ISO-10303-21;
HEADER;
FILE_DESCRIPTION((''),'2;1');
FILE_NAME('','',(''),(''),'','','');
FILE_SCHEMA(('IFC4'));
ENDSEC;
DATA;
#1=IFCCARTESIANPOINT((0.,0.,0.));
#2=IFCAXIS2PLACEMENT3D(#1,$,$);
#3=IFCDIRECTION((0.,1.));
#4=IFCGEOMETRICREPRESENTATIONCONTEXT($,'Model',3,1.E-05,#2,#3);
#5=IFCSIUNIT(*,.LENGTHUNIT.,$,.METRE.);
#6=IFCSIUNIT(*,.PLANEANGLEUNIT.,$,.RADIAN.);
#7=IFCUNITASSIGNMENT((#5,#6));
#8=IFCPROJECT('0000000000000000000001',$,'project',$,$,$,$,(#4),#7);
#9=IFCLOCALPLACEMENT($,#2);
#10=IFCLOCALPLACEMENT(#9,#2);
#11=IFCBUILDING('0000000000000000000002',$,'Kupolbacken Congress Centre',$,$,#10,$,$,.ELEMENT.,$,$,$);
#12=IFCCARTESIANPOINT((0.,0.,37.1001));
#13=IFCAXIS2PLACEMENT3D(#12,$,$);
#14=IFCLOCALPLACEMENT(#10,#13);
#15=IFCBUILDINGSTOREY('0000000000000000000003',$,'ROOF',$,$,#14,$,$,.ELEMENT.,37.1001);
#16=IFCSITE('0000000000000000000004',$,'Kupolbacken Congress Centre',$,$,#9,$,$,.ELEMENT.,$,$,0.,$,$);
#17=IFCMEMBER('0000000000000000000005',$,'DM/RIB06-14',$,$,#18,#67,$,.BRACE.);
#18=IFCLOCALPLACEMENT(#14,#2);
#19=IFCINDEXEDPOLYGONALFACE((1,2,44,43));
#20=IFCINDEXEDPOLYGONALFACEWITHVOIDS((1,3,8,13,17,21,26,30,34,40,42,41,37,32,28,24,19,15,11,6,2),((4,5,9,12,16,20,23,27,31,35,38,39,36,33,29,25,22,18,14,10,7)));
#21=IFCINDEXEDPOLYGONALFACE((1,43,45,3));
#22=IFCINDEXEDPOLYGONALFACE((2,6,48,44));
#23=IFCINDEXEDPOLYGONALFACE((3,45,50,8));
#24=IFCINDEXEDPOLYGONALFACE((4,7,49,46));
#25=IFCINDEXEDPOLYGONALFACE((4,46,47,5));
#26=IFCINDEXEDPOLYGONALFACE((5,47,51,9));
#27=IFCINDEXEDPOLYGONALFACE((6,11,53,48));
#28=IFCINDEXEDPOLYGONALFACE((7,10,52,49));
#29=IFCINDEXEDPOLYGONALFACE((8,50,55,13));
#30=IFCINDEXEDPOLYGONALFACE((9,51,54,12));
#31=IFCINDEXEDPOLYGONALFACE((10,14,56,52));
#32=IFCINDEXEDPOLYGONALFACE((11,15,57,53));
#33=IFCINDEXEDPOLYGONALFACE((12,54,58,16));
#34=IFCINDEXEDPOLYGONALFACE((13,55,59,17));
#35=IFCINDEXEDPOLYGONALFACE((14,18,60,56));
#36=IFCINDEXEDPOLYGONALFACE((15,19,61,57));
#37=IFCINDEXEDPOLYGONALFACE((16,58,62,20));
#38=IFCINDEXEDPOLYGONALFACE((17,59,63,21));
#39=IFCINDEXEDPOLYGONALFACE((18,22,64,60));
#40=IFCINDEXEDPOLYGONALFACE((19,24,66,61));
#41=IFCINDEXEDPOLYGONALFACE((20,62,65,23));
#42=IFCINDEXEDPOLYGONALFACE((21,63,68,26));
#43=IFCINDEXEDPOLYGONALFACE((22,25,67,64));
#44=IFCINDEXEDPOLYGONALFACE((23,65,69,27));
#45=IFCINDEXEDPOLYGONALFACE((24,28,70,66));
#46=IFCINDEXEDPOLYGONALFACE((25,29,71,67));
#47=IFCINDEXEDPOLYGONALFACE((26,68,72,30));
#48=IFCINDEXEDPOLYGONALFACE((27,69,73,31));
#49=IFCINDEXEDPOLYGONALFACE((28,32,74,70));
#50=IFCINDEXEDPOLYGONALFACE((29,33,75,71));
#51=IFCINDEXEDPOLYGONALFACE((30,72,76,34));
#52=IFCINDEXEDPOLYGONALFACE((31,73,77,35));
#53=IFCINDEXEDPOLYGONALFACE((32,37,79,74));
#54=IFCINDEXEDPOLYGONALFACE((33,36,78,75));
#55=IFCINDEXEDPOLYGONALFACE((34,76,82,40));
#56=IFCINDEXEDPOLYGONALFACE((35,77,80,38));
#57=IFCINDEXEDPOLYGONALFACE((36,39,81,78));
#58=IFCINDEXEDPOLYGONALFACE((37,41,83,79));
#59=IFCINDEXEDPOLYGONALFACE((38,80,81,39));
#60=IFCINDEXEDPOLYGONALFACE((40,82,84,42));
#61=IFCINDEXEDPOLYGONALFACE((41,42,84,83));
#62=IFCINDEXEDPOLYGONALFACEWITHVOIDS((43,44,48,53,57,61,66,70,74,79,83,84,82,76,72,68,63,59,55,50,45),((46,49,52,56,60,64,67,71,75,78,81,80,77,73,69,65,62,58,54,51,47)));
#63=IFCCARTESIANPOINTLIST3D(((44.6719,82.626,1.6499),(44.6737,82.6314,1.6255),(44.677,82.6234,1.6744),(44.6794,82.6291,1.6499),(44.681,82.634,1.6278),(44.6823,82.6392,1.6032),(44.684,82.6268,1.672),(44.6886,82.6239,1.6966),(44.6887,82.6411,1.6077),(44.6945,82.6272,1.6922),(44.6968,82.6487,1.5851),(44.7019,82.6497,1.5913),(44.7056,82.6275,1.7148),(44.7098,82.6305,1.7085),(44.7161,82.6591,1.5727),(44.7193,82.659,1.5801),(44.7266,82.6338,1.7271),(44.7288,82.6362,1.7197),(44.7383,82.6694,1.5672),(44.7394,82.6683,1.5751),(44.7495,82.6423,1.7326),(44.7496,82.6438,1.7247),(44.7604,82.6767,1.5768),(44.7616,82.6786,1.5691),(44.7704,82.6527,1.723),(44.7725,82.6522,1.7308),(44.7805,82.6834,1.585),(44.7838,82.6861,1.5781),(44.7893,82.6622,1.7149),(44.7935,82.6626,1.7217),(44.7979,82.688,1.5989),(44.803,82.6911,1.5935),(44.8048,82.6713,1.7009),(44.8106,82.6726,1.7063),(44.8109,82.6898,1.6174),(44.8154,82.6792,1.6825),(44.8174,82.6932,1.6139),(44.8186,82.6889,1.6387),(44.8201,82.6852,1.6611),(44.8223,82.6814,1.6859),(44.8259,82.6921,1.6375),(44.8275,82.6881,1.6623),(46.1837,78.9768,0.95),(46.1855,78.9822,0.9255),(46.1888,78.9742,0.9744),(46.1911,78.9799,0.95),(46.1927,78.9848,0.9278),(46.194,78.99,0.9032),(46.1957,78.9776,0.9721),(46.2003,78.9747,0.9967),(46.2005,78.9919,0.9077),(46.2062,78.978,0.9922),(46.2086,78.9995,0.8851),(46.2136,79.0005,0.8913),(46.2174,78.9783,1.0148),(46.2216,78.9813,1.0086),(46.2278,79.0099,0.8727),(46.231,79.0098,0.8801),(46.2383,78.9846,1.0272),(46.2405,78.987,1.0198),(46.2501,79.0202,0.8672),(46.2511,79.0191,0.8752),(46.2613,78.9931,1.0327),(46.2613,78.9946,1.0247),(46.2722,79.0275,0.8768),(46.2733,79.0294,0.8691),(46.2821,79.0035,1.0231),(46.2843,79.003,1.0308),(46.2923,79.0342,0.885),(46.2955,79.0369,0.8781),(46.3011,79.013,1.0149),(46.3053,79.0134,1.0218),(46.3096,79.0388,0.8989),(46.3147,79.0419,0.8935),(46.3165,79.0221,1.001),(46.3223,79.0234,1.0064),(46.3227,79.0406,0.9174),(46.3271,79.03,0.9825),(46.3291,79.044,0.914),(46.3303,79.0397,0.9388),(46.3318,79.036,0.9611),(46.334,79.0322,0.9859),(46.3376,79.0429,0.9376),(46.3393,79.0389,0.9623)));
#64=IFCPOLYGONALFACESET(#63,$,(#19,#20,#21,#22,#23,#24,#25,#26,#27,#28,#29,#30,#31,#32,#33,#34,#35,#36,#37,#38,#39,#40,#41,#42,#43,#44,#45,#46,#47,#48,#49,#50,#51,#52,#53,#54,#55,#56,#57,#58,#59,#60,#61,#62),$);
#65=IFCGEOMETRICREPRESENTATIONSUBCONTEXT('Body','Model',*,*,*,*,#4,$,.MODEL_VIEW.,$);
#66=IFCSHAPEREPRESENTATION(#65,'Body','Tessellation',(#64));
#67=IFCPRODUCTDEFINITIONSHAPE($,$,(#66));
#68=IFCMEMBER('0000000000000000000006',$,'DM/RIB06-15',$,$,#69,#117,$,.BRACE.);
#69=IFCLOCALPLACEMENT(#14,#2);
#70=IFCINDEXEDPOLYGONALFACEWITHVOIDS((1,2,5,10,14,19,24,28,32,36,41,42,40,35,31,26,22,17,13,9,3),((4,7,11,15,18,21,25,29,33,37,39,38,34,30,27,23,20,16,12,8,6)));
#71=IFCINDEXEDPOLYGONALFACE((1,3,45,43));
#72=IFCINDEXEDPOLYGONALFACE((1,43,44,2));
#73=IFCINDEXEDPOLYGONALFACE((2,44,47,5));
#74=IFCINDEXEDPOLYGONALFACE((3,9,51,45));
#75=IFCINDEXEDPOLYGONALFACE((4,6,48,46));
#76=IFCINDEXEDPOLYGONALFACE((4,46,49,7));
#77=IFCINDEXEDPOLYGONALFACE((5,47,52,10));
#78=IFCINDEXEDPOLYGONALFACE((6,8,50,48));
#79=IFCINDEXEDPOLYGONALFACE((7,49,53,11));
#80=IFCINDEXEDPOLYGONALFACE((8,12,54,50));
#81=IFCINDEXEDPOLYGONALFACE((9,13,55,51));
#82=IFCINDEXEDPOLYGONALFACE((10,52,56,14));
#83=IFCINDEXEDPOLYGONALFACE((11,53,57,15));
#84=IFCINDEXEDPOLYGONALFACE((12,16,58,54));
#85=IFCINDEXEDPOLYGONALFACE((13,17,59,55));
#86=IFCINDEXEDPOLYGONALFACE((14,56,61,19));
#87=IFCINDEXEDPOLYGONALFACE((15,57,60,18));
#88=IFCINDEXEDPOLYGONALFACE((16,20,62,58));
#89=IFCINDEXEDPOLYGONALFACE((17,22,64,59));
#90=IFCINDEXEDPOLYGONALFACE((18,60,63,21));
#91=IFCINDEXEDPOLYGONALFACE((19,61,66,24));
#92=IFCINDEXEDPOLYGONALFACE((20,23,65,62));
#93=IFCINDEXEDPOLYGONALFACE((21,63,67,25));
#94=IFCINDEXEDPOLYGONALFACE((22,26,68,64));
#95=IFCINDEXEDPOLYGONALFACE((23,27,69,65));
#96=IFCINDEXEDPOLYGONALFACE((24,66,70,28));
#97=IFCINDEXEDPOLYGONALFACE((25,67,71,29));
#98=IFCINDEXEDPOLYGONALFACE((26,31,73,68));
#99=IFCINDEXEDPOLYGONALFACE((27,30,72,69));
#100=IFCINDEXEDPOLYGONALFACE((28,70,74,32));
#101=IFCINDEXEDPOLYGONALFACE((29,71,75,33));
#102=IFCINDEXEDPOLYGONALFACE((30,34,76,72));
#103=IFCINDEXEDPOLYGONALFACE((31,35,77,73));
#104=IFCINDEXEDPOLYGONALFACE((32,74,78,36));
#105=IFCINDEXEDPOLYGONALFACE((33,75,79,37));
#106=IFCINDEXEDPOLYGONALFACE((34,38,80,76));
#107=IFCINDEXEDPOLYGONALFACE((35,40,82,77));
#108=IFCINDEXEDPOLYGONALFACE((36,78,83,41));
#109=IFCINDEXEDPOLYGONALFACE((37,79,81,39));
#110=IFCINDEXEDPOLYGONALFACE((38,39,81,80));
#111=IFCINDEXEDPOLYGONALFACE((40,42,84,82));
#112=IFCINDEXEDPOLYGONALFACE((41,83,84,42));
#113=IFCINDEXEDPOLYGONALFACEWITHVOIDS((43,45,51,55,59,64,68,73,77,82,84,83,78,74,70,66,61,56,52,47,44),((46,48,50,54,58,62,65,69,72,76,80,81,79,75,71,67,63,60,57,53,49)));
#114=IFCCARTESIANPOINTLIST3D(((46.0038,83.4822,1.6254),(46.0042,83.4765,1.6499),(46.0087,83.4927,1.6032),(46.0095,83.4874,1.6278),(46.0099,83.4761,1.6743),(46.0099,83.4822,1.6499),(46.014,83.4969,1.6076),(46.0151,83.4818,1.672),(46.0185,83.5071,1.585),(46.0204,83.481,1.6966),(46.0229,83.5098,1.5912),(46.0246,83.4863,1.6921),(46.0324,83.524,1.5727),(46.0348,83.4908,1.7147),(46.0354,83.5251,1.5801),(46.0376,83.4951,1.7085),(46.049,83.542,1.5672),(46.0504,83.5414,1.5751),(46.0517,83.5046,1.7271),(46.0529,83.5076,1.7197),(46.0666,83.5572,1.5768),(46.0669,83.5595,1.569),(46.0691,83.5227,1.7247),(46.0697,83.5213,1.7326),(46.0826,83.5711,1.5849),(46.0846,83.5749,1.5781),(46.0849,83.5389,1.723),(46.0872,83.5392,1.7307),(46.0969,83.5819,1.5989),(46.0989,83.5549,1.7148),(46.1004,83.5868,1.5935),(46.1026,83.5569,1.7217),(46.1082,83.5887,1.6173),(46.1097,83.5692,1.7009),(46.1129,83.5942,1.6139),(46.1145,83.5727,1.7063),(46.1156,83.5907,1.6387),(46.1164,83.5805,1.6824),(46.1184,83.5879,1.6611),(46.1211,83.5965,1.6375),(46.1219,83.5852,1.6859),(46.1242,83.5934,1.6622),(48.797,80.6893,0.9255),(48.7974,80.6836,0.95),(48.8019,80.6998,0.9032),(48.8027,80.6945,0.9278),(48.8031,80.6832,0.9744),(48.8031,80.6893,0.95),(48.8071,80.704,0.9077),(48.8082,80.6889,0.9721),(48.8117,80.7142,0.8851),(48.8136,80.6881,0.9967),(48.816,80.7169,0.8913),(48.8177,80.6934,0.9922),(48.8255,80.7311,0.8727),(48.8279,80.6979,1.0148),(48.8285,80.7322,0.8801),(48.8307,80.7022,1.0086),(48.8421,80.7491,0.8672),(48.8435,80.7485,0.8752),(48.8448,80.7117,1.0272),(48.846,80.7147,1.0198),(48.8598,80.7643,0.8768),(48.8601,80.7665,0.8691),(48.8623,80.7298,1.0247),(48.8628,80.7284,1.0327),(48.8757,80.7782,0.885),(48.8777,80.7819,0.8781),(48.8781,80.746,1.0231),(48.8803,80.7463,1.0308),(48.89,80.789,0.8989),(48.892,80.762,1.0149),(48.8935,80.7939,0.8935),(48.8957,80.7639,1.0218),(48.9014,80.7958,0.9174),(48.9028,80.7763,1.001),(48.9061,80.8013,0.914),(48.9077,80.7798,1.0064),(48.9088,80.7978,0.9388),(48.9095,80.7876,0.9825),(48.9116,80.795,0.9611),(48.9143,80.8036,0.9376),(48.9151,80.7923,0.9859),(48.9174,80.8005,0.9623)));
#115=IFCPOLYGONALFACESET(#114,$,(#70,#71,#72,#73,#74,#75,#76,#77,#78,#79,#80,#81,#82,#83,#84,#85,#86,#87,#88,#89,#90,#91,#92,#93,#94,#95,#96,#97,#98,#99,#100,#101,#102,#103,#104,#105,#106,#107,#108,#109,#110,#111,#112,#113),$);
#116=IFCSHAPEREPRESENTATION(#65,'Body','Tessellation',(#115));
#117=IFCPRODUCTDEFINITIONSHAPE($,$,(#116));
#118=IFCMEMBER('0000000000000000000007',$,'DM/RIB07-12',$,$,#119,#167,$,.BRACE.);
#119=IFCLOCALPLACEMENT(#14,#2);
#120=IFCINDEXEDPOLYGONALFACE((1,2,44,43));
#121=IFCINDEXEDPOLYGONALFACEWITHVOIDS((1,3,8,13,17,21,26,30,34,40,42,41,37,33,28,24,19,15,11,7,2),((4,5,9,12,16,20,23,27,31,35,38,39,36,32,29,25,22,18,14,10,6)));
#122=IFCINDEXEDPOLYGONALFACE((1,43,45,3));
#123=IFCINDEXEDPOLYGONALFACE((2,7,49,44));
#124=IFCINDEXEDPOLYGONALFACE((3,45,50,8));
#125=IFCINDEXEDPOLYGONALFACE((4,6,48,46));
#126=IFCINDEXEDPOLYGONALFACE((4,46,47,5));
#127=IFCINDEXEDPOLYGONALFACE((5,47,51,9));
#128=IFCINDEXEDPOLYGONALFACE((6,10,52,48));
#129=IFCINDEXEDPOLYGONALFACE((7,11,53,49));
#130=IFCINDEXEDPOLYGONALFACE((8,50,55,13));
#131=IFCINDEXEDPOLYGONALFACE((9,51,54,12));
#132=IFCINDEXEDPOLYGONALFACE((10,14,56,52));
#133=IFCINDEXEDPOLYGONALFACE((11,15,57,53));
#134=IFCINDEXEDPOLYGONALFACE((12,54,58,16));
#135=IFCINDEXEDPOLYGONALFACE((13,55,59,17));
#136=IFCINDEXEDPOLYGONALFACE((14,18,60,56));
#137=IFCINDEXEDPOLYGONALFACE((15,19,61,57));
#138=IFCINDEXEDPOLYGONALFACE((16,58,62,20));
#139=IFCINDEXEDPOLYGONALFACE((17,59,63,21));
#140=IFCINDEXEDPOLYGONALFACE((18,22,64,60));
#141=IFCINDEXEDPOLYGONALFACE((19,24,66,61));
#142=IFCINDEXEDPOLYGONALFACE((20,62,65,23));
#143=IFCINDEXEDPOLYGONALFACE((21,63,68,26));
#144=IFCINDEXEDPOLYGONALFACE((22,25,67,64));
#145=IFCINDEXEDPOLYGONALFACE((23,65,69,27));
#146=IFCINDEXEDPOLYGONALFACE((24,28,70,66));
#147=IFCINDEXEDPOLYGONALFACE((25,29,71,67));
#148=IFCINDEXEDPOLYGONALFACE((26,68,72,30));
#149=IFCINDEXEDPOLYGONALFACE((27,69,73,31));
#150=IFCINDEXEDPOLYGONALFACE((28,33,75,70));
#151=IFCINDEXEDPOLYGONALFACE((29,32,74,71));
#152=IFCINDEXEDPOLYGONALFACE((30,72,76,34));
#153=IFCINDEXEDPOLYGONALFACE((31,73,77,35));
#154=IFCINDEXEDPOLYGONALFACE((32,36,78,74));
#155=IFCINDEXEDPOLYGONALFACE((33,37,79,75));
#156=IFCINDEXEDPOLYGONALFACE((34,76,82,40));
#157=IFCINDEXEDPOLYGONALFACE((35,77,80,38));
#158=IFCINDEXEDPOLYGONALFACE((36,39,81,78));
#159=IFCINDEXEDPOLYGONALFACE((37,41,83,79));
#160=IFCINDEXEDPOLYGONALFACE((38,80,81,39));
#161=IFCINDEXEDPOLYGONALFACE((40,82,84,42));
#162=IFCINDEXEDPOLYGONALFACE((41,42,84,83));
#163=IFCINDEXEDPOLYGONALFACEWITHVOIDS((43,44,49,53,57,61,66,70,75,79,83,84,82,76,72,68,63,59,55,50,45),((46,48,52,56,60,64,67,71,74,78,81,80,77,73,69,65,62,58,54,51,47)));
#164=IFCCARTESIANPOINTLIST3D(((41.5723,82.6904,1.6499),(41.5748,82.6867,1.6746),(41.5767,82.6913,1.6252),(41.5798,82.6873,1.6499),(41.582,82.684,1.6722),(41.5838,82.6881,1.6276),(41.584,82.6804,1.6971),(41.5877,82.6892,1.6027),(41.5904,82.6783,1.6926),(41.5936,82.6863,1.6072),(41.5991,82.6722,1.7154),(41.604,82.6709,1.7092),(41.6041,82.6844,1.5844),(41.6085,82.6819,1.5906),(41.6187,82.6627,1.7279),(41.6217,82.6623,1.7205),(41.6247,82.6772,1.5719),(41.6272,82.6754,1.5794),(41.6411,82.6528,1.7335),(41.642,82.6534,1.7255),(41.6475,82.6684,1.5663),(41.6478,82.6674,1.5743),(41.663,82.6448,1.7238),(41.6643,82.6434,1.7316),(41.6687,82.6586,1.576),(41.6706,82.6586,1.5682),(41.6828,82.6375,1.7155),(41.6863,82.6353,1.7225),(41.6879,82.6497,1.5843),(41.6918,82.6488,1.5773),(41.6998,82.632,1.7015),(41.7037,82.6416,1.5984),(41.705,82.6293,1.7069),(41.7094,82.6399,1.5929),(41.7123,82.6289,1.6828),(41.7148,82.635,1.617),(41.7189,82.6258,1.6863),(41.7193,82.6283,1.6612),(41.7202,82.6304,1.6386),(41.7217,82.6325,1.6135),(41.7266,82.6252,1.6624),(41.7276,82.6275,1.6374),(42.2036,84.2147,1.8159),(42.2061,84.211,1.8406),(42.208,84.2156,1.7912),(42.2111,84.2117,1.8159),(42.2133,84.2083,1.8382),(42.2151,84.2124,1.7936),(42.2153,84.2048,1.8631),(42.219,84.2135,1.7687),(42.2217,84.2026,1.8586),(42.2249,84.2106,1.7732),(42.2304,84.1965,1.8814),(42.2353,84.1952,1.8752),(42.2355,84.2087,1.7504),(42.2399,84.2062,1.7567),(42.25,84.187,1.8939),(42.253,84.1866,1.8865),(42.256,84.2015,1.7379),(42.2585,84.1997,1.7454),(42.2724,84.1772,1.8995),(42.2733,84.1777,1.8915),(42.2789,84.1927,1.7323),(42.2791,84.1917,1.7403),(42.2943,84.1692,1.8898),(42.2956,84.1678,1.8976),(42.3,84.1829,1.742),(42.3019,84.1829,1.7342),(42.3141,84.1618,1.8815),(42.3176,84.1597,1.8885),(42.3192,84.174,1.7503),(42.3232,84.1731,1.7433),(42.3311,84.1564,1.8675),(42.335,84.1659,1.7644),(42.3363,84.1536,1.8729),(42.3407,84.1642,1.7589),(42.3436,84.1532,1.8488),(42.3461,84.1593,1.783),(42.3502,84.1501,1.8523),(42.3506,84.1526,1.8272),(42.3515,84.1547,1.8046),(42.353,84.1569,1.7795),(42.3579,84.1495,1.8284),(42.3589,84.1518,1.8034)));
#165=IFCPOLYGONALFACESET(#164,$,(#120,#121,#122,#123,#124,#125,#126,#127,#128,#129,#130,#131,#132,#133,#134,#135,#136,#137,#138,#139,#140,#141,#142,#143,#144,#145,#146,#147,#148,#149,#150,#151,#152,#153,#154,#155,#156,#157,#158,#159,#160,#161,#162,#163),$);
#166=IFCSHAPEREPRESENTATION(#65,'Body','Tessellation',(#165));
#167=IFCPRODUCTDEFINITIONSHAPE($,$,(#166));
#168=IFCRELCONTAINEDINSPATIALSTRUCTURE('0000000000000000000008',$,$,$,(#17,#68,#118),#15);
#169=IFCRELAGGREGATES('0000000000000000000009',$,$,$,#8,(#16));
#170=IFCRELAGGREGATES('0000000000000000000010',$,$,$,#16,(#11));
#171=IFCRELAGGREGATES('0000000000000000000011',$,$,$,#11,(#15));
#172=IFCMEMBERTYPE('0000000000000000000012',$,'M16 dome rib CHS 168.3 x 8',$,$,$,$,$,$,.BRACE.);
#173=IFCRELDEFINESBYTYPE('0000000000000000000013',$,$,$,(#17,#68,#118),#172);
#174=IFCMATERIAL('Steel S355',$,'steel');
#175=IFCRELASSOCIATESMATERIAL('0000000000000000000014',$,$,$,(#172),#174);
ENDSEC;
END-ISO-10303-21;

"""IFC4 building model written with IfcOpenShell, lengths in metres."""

from ifc_helpers import new_model, si_unit, direction, frame, origin, origin_2d, place, context, subcontext, project, spatial, hollow_circle, extrude, material, material_profile, profile_set, type_object, element, save


model = new_model("IFC4")

# Units and contexts
model_context = context("Model", 3, precision=1e-05, world=origin(), true_north=direction((0.0, 1.0)))
body_context = subcontext(model_context, "Body", "Model", "MODEL_VIEW")
ifc_project = project(units=[si_unit("LENGTHUNIT", "METRE"), si_unit("PLANEANGLEUNIT", "RADIAN")], contexts=[model_context])

# Site, building, storey
site_placement = place(None, origin())
site = spatial("IfcSite", under=ifc_project, at=site_placement, Name="Kupolbacken Congress Centre", CompositionType="ELEMENT", RefElevation=0.0)
building_placement = place(site_placement, origin())
building = spatial("IfcBuilding", under=site, at=building_placement, Name="Kupolbacken Congress Centre", CompositionType="ELEMENT")
storey_placement = place(building_placement, frame((0.0, 0.0, 37.1001)))
storey = spatial("IfcBuildingStorey", under=building, at=storey_placement, Name="ROOF", CompositionType="ELEMENT", Elevation=37.1001)

# Members
ifc_material_1 = material(Name="Steel S355", Category="steel")
ifc_material_profile_1 = material_profile(ifc_material_1, hollow_circle(Radius=0.0842, WallThickness=0.0081, at=origin_2d()), Name="CHS 168.3 x 8")
ifc_profile_set_1 = profile_set([ifc_material_profile_1], Name="Steel S355")
member_type_1 = type_object("IfcMemberType", Name="M16 dome rib CHS 168.3 x 8", PredefinedType="BRACE", material=ifc_profile_set_1)
for number, where, z_axis, x_axis, name in (
    (1, (46.2615, 79.009, 0.95), (-0.376852, 0.90969, 0.174489), (-0.923863, -0.382723, 0.0), "DM/RIB06-14"),
    (2, (48.8569, 80.7432, 0.95), (-0.69629, 0.696229, 0.174483), (-0.707076, -0.707138, 0.0), "DM/RIB06-15"),
):
    element("IfcMember", number, at=place(storey_placement, frame(where, z_axis=z_axis, x_axis=x_axis)), inside=storey, type_object=member_type_1, Name=name, PredefinedType="BRACE", context=body_context, shape_type="SweptSolid", body=[
        extrude(hollow_circle(Radius=0.0842, WallThickness=0.0081, at=origin_2d()), origin(), (0.0, 0.0, 1.0), 4.0115),
    ])
for number, where, z_axis, x_axis, name in (
    (3, (41.6501, 82.6582, 1.6499), (0.380717, 0.919256, 0.100111), (-0.923898, 0.382639, 0.0), "DM/RIB07-12"),
):
    element("IfcMember", number, at=place(storey_placement, frame(where, z_axis=z_axis, x_axis=x_axis)), inside=storey, type_object=member_type_1, Name=name, PredefinedType="BRACE", context=body_context, shape_type="SweptSolid", body=[
        extrude(hollow_circle(Radius=0.0842, WallThickness=0.0081, at=origin_2d()), origin(), (0.0, 0.0, 1.0), 1.6582),
    ])

save(model, "model.ifc")
